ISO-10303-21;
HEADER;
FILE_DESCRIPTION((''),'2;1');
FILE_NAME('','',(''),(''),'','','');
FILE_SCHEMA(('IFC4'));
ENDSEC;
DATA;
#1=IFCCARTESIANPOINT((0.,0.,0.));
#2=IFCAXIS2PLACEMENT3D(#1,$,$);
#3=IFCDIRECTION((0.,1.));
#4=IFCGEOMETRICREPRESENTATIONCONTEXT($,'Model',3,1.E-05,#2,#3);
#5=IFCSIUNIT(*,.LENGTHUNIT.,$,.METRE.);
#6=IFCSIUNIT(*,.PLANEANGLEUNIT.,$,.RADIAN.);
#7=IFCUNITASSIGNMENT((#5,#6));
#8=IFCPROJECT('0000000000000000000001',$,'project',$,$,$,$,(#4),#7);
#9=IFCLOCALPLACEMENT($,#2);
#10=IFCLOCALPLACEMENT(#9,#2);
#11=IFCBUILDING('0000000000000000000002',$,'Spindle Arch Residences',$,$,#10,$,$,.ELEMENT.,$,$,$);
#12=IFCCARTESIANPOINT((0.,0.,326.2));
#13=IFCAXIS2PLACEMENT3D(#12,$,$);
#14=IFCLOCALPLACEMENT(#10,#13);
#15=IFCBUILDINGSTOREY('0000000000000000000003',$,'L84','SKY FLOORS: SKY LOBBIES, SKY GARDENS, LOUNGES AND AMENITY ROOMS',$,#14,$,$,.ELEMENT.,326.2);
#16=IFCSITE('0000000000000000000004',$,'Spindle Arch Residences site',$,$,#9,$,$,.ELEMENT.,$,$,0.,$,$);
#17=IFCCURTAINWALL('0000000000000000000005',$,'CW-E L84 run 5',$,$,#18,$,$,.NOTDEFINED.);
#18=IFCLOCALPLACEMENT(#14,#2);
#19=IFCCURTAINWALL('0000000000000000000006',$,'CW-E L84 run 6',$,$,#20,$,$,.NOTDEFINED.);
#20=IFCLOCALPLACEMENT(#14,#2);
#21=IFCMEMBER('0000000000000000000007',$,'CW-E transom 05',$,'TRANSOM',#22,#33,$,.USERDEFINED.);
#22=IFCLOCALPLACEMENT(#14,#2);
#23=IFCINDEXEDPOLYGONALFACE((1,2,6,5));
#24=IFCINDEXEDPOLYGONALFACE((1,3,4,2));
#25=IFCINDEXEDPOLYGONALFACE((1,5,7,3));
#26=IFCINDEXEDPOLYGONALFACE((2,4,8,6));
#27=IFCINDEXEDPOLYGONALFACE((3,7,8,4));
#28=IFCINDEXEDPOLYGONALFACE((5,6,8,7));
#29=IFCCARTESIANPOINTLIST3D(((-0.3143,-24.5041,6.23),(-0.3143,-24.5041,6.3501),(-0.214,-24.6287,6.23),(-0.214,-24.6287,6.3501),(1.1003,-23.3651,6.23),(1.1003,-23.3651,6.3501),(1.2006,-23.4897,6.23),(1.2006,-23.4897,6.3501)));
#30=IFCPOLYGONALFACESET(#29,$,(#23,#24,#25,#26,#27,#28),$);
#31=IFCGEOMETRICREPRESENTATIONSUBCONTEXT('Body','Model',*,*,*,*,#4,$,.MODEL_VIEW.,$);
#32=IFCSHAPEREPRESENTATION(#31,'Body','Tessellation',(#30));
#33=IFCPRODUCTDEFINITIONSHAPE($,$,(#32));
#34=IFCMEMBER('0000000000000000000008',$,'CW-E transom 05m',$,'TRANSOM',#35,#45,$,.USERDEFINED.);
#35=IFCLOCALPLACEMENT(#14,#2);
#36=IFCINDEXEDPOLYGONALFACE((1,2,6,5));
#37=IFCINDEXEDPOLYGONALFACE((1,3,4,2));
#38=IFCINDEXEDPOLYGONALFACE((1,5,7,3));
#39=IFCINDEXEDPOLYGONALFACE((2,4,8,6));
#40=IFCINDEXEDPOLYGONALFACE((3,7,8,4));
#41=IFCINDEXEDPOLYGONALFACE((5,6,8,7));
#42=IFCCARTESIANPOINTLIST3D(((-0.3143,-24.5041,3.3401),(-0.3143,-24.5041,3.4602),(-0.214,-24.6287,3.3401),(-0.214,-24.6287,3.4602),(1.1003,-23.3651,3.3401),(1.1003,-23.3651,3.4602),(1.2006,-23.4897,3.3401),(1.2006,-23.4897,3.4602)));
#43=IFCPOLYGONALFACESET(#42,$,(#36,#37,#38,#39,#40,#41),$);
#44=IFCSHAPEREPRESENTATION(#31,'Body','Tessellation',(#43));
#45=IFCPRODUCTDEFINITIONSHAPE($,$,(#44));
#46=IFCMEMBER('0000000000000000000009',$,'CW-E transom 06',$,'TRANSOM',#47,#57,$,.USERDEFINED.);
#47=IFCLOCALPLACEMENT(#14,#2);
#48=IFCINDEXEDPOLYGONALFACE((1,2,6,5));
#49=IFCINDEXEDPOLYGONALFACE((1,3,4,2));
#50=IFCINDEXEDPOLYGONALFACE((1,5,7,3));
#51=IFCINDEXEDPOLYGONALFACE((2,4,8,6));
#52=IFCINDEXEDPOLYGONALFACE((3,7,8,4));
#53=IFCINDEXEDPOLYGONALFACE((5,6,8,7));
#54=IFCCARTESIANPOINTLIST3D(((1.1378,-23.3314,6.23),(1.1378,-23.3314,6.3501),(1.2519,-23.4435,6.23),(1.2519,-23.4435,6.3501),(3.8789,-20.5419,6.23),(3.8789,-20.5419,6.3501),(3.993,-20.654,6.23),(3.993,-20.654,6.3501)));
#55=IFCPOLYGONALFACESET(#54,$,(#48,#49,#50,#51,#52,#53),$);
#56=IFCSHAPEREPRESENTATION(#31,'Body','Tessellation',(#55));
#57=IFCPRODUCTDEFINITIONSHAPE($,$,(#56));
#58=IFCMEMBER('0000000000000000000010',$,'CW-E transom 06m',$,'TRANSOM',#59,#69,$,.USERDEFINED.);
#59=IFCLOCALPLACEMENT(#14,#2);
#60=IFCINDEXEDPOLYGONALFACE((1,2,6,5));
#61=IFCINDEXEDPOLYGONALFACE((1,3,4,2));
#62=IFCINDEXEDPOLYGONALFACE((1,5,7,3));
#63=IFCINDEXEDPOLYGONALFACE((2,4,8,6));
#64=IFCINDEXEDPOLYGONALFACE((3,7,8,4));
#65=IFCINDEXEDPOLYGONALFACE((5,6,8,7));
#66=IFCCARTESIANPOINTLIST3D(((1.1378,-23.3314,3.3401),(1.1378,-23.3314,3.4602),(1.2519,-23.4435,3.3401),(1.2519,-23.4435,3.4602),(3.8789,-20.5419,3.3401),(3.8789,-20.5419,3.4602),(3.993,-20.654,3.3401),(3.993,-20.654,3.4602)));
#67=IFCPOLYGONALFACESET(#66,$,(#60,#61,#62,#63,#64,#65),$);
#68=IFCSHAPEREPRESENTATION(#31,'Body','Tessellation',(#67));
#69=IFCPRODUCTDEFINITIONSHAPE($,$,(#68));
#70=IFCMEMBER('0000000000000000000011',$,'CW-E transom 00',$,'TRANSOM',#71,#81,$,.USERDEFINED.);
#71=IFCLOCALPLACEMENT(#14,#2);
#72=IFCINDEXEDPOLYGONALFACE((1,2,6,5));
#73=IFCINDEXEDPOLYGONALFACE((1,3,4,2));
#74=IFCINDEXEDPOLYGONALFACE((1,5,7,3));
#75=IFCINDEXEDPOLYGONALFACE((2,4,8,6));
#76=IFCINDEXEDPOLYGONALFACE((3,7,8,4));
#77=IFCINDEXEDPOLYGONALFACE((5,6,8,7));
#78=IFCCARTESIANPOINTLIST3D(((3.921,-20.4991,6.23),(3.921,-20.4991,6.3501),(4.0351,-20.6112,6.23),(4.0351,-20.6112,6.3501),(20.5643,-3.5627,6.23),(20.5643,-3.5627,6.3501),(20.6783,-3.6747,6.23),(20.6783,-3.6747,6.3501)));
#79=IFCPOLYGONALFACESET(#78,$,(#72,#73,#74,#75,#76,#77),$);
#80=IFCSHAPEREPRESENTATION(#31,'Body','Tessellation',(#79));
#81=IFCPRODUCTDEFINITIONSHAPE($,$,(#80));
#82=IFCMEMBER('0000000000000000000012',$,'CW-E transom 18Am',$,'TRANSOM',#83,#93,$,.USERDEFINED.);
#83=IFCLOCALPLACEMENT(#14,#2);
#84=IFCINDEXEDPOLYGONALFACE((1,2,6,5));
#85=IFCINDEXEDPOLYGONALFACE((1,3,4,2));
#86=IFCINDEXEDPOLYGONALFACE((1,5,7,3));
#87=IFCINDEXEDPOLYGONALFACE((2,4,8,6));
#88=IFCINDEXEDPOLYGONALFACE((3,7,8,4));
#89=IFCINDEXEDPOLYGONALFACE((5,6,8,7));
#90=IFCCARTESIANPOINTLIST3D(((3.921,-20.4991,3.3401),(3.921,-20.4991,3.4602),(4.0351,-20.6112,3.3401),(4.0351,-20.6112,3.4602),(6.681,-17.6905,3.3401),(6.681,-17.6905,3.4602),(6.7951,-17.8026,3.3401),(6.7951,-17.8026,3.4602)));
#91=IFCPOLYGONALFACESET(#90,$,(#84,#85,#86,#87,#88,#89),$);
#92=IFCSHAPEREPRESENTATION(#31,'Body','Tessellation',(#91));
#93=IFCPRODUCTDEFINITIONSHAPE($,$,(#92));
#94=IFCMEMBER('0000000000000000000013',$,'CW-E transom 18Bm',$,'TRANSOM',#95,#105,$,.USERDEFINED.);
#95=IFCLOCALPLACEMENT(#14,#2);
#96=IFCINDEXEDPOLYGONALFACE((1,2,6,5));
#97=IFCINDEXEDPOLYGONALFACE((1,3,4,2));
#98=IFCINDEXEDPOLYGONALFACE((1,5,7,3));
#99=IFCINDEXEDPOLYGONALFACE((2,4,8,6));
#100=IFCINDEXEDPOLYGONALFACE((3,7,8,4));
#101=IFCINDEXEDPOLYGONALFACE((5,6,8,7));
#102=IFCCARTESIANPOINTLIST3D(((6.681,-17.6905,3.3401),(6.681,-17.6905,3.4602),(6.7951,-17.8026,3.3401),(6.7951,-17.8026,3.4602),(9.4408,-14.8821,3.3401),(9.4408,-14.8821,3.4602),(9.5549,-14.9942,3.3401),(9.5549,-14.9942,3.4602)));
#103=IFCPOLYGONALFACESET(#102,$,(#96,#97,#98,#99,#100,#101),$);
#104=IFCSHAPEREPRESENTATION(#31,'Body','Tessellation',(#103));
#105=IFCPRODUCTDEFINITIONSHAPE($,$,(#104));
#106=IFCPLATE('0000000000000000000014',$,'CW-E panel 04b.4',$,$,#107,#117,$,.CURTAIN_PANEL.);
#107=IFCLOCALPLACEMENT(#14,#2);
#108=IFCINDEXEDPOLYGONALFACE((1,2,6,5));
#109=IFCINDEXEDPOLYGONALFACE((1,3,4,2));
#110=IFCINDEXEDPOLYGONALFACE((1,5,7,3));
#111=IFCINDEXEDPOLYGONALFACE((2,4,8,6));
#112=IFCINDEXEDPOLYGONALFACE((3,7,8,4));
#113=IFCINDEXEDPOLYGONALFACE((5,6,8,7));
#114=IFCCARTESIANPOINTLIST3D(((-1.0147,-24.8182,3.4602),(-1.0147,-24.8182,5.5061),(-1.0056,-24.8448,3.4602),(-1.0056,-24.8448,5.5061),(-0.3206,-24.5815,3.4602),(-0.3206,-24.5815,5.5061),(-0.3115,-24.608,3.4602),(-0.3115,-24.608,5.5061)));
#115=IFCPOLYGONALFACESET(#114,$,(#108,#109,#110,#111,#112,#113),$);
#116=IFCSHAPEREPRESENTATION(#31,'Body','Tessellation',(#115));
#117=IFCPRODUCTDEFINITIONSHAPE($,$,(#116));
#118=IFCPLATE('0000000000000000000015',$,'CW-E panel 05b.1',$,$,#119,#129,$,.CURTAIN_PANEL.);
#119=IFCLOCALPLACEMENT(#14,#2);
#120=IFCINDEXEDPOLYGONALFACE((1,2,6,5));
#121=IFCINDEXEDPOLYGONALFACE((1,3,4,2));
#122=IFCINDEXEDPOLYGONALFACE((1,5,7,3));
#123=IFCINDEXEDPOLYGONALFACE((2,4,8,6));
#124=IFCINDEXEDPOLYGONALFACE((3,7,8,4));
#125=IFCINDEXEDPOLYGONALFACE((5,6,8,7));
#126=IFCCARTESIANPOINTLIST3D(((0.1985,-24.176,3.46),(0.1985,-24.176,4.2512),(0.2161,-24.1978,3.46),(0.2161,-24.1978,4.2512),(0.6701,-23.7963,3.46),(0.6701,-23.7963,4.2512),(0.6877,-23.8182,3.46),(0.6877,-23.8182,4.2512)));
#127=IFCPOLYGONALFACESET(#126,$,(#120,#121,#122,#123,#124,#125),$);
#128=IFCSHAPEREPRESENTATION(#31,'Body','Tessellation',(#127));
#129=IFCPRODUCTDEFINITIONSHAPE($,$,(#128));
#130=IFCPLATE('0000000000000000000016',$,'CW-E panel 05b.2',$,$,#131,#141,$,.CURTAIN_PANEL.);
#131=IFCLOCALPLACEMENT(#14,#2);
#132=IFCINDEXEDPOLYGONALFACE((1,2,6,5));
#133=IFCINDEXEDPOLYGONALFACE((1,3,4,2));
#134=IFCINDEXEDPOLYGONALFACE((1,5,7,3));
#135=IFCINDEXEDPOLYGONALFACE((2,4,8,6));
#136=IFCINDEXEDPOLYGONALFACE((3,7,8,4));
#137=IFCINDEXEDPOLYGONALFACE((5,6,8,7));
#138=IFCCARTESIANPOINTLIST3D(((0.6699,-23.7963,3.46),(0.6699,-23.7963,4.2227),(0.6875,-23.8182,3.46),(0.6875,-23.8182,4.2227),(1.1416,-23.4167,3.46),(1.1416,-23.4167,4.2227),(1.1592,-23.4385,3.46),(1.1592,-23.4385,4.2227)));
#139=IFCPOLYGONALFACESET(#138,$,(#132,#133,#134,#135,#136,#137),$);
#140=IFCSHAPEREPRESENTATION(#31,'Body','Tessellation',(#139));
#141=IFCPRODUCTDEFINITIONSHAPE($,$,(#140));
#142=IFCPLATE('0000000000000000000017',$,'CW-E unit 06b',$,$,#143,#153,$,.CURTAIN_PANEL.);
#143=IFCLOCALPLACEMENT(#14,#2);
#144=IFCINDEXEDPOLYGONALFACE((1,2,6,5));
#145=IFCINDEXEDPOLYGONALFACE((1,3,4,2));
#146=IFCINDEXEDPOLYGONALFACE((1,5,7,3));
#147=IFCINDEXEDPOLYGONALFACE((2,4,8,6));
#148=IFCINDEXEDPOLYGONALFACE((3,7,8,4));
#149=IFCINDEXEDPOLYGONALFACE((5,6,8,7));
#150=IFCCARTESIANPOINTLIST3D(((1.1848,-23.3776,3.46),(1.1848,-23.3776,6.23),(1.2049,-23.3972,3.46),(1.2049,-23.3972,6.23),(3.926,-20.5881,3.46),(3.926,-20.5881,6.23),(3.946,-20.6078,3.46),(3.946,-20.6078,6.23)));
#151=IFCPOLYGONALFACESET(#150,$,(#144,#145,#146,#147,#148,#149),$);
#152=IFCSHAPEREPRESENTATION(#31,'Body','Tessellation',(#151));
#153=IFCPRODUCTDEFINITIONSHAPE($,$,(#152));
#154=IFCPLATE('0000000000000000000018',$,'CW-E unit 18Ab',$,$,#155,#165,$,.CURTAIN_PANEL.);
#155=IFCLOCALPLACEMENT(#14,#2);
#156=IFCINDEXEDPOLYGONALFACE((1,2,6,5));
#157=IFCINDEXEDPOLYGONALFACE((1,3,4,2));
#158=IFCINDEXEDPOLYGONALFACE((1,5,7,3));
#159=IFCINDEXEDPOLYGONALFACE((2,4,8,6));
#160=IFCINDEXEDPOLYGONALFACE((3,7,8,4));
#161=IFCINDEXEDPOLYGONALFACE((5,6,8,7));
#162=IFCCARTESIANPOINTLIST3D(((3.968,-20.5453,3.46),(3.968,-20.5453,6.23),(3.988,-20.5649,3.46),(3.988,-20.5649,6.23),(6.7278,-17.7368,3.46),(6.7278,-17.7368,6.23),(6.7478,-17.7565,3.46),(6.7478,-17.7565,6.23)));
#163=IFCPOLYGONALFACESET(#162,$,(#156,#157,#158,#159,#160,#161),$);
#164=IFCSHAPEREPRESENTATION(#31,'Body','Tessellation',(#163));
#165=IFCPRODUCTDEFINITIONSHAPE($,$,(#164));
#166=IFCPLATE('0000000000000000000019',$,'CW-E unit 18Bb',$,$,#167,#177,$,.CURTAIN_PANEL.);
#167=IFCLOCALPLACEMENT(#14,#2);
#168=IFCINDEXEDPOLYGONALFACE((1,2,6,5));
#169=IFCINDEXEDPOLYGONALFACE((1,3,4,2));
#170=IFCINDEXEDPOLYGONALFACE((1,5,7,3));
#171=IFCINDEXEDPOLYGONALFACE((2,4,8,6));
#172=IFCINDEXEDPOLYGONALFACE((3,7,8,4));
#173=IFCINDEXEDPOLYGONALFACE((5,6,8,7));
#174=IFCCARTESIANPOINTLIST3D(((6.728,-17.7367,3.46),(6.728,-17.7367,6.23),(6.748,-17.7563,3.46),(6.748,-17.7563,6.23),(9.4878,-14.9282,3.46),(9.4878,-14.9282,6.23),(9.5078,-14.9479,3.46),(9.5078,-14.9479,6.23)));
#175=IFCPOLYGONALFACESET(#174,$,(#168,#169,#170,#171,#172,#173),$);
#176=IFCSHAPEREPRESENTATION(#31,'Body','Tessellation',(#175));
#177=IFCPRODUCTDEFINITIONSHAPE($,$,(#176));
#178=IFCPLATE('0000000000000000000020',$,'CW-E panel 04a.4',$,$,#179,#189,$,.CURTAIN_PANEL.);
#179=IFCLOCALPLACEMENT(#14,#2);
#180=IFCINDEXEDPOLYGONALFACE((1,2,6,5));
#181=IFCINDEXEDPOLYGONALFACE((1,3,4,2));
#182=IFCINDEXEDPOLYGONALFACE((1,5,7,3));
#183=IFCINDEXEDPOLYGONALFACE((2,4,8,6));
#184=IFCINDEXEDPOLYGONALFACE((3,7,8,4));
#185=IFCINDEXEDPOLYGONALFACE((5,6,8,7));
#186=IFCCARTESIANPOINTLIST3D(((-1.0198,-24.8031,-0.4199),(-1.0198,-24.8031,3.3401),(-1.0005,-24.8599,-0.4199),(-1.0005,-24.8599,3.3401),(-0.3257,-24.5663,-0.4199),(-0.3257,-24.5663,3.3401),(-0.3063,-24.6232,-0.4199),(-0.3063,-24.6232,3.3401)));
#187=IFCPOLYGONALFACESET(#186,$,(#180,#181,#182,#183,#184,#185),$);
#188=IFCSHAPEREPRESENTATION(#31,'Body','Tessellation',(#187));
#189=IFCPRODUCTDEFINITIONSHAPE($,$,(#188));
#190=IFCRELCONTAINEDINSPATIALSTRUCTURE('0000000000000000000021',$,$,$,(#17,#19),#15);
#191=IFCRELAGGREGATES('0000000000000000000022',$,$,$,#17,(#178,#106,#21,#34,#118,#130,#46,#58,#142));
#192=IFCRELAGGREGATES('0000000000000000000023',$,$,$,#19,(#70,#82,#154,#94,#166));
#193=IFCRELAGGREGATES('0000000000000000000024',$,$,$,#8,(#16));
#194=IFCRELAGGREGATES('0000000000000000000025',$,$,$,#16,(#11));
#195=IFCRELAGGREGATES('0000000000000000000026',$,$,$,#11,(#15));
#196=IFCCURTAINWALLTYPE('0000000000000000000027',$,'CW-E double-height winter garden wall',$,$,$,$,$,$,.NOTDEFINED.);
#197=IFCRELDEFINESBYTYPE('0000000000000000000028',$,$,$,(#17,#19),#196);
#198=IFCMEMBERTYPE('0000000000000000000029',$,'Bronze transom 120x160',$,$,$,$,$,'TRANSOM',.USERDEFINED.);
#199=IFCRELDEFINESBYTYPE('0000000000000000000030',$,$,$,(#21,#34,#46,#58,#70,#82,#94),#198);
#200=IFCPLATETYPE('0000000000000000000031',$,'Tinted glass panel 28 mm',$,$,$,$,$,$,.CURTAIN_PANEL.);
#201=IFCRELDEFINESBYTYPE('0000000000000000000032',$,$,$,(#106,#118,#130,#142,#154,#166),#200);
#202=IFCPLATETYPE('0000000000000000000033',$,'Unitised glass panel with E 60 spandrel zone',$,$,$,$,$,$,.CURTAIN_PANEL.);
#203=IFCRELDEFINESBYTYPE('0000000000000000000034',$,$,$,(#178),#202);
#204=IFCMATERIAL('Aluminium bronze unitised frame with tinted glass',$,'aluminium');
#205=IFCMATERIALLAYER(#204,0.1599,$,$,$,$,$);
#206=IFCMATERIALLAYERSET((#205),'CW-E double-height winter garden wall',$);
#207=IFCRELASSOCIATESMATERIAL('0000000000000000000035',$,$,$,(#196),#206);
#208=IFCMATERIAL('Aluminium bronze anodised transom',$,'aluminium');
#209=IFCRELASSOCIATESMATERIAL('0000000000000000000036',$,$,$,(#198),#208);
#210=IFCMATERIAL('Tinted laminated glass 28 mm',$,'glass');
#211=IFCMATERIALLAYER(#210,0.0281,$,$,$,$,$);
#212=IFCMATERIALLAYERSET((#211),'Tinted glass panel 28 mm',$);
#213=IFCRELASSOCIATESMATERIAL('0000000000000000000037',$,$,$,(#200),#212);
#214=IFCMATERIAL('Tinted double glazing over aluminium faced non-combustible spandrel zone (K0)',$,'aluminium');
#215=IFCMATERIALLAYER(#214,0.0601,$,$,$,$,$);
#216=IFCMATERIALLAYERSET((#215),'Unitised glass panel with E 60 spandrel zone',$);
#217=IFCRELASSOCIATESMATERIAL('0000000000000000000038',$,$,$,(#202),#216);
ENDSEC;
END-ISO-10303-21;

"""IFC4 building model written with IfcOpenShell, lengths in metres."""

from ifc_helpers import new_model, si_unit, direction, frame, origin, origin_2d, place, context, subcontext, project, spatial, rectangle, extrude, material, layer, layer_set, material_profile, profile_set, type_object, element, aggregate, save


model = new_model("IFC4")

# Units and contexts
model_context = context("Model", 3, precision=1e-05, world=origin(), true_north=direction((0.0, 1.0)))
body_context = subcontext(model_context, "Body", "Model", "MODEL_VIEW")
ifc_project = project(units=[si_unit("LENGTHUNIT", "METRE"), si_unit("PLANEANGLEUNIT", "RADIAN")], contexts=[model_context])

# Site, building, storey
site_placement = place(None, origin())
site = spatial("IfcSite", under=ifc_project, at=site_placement, Name="Spindle Arch Residences site", CompositionType="ELEMENT", RefElevation=0.0)
building_placement = place(site_placement, origin())
building = spatial("IfcBuilding", under=site, at=building_placement, Name="Spindle Arch Residences", CompositionType="ELEMENT")
storey_placement = place(building_placement, frame((0.0, 0.0, 326.2)))
storey = spatial("IfcBuildingStorey", under=building, at=storey_placement, Name="L84", Description="SKY FLOORS: SKY LOBBIES, SKY GARDENS, LOUNGES AND AMENITY ROOMS", CompositionType="ELEMENT", Elevation=326.2)

# Curtain wall
ifc_material_1 = material(Name="Aluminium bronze unitised frame with tinted glass", Category="aluminium")
ifc_layer_1 = layer(ifc_material_1, 0.1599)
ifc_layer_set_1 = layer_set([ifc_layer_1], Name="CW-E double-height winter garden wall")
curtain_wall_type = type_object("IfcCurtainWallType", Name="CW-E double-height winter garden wall", PredefinedType="NOTDEFINED", material=ifc_layer_set_1)
curtain_wall_1_placement = place(storey_placement, origin())
curtain_wall_1 = element("IfcCurtainWall", 1, at=curtain_wall_1_placement, inside=storey, type_object=curtain_wall_type, Name="CW-E L84 run 5", PredefinedType="NOTDEFINED")

# Curtain wall
curtain_wall_2_placement = place(storey_placement, origin())
curtain_wall_2 = element("IfcCurtainWall", 2, at=curtain_wall_2_placement, inside=storey, type_object=curtain_wall_type, Name="CW-E L84 run 6", PredefinedType="NOTDEFINED")

# Members
ifc_material_2 = material(Name="Aluminium bronze anodised transom", Category="aluminium")
ifc_material_profile_1 = material_profile(ifc_material_2, rectangle(XDim=0.1599, YDim=0.1201, at=origin_2d()), Name="TR 120x160")
ifc_profile_set_1 = profile_set([ifc_material_profile_1], Name="Aluminium bronze anodised transom")
member_type_1 = type_object("IfcMemberType", Name="Bronze transom 120x160", ElementType="TRANSOM", PredefinedType="USERDEFINED", material=ifc_profile_set_1)
member_1_placement = place(storey_placement, frame((-0.2642, -24.5664, 6.29), z_axis=(0.778911, 0.627135, 0.0), x_axis=(-0.627135, 0.778911, 0.0)))
member_1 = element("IfcMember", 3, at=member_1_placement, type_object=member_type_1, Name="CW-E transom 05", ObjectType="TRANSOM", PredefinedType="USERDEFINED", context=body_context, shape_type="SweptSolid", body=[
    extrude(rectangle(XDim=0.1599, YDim=0.1201, at=origin_2d()), origin(), (0.0, 0.0, 1.0), 1.8162),
])
member_2_placement = place(storey_placement, frame((-0.2642, -24.5664, 3.4001), z_axis=(0.778911, 0.627135, 0.0), x_axis=(-0.627135, 0.778911, 0.0)))
member_2 = element("IfcMember", 4, at=member_2_placement, type_object=member_type_1, Name="CW-E transom 05m", ObjectType="TRANSOM", PredefinedType="USERDEFINED", context=body_context, shape_type="SweptSolid", body=[
    extrude(rectangle(XDim=0.1599, YDim=0.1201, at=origin_2d()), origin(), (0.0, 0.0, 1.0), 1.8162),
])
member_3_placement = place(storey_placement, frame((1.1948, -23.3875, 6.29), z_axis=(0.7009, 0.71326, 0.0), x_axis=(-0.71326, 0.7009, 0.0)))
member_3 = element("IfcMember", 5, at=member_3_placement, type_object=member_type_1, Name="CW-E transom 06", ObjectType="TRANSOM", PredefinedType="USERDEFINED", context=body_context, shape_type="SweptSolid", body=[
    extrude(rectangle(XDim=0.1599, YDim=0.1201, at=origin_2d()), origin(), (0.0, 0.0, 1.0), 3.9109),
])
member_4_placement = place(storey_placement, frame((1.1948, -23.3875, 3.4001), z_axis=(0.7009, 0.71326, 0.0), x_axis=(-0.71326, 0.7009, 0.0)))
member_4 = element("IfcMember", 6, at=member_4_placement, type_object=member_type_1, Name="CW-E transom 06m", ObjectType="TRANSOM", PredefinedType="USERDEFINED", context=body_context, shape_type="SweptSolid", body=[
    extrude(rectangle(XDim=0.1599, YDim=0.1201, at=origin_2d()), origin(), (0.0, 0.0, 1.0), 3.9109),
])
member_5_placement = place(storey_placement, frame((3.978, -20.5552, 6.29), z_axis=(0.700906, 0.713254, 0.0), x_axis=(-0.713254, 0.700906, 0.0)))
member_5 = element("IfcMember", 7, at=member_5_placement, type_object=member_type_1, Name="CW-E transom 00", ObjectType="TRANSOM", PredefinedType="USERDEFINED", context=body_context, shape_type="SweptSolid", body=[
    extrude(rectangle(XDim=0.1599, YDim=0.1201, at=origin_2d()), origin(), (0.0, 0.0, 1.0), 23.7454),
])
member_6_placement = place(storey_placement, frame((3.978, -20.5552, 3.4001), z_axis=(0.700911, 0.713249, 0.0), x_axis=(-0.713249, 0.700911, 0.0)))
member_6 = element("IfcMember", 8, at=member_6_placement, type_object=member_type_1, Name="CW-E transom 18Am", ObjectType="TRANSOM", PredefinedType="USERDEFINED", context=body_context, shape_type="SweptSolid", body=[
    extrude(rectangle(XDim=0.1599, YDim=0.1201, at=origin_2d()), origin(), (0.0, 0.0, 1.0), 3.9377),
])
member_7_placement = place(storey_placement, frame((6.738, -17.7466, 3.4001), z_axis=(0.70091, 0.713249, 0.0), x_axis=(-0.713249, 0.70091, 0.0)))
member_7 = element("IfcMember", 9, at=member_7_placement, type_object=member_type_1, Name="CW-E transom 18Bm", ObjectType="TRANSOM", PredefinedType="USERDEFINED", context=body_context, shape_type="SweptSolid", body=[
    extrude(rectangle(XDim=0.1599, YDim=0.1201, at=origin_2d()), origin(), (0.0, 0.0, 1.0), 3.9375),
])

# Plates
ifc_material_3 = material(Name="Tinted laminated glass 28 mm", Category="glass")
ifc_layer_2 = layer(ifc_material_3, 0.0281)
ifc_layer_set_2 = layer_set([ifc_layer_2], Name="Tinted glass panel 28 mm")
plate_type_1 = type_object("IfcPlateType", Name="Tinted glass panel 28 mm", PredefinedType="CURTAIN_PANEL", material=ifc_layer_set_2)
plate_1_placement = place(storey_placement, frame((-0.6631, -24.7131, 3.4602), z_axis=(0.0, 0.0, 1.0), x_axis=(0.946462, 0.322816, 0.0)))
plate_1 = element("IfcPlate", 10, at=plate_1_placement, type_object=plate_type_1, Name="CW-E panel 04b.4", PredefinedType="CURTAIN_PANEL", context=body_context, shape_type="SweptSolid", body=[
    extrude(rectangle(XDim=0.7334, YDim=0.0281, at=origin_2d()), origin(), (0.0, 0.0, 1.0), 2.0459),
])
plate_2_placement = place(storey_placement, frame((0.4431, -23.9971, 3.46), z_axis=(0.0, 0.0, 1.0), x_axis=(0.778973, 0.627057, 0.0)))
plate_2 = element("IfcPlate", 11, at=plate_2_placement, type_object=plate_type_1, Name="CW-E panel 05b.1", PredefinedType="CURTAIN_PANEL", context=body_context, shape_type="SweptSolid", body=[
    extrude(rectangle(XDim=0.6055, YDim=0.0281, at=origin_2d()), origin(), (0.0, 0.0, 1.0), 0.7913),
])
plate_3_placement = place(storey_placement, frame((0.9146, -23.6174, 3.46), z_axis=(0.0, 0.0, 1.0), x_axis=(0.778973, 0.627057, 0.0)))
plate_3 = element("IfcPlate", 12, at=plate_3_placement, type_object=plate_type_1, Name="CW-E panel 05b.2", PredefinedType="CURTAIN_PANEL", context=body_context, shape_type="SweptSolid", body=[
    extrude(rectangle(XDim=0.6055, YDim=0.0281, at=origin_2d()), origin(), (0.0, 0.0, 1.0), 0.7627),
])
plate_4_placement = place(storey_placement, frame((2.5654, -21.9927, 3.46), z_axis=(0.0, 0.0, 1.0), x_axis=(0.700909, 0.71325, 0.0)))
plate_4 = element("IfcPlate", 13, at=plate_4_placement, type_object=plate_type_1, Name="CW-E unit 06b", PredefinedType="CURTAIN_PANEL", context=body_context, shape_type="SweptSolid", body=[
    extrude(rectangle(XDim=3.9109, YDim=0.0281, at=origin_2d()), origin(), (0.0, 0.0, 1.0), 2.77),
])
plate_5_placement = place(storey_placement, frame((5.3579, -19.1509, 3.46), z_axis=(0.0, 0.0, 1.0), x_axis=(0.700909, 0.71325, 0.0)))
plate_5 = element("IfcPlate", 14, at=plate_5_placement, type_object=plate_type_1, Name="CW-E unit 18Ab", PredefinedType="CURTAIN_PANEL", context=body_context, shape_type="SweptSolid", body=[
    extrude(rectangle(XDim=3.9375, YDim=0.0281, at=origin_2d()), origin(), (0.0, 0.0, 1.0), 2.77),
])
plate_6_placement = place(storey_placement, frame((8.1179, -16.3423, 3.46), z_axis=(0.0, 0.0, 1.0), x_axis=(0.700909, 0.71325, 0.0)))
plate_6 = element("IfcPlate", 15, at=plate_6_placement, type_object=plate_type_1, Name="CW-E unit 18Bb", PredefinedType="CURTAIN_PANEL", context=body_context, shape_type="SweptSolid", body=[
    extrude(rectangle(XDim=3.9375, YDim=0.0281, at=origin_2d()), origin(), (0.0, 0.0, 1.0), 2.77),
])
ifc_material_4 = material(Name="Tinted double glazing over aluminium faced non-combustible spandrel zone (K0)", Category="aluminium")
ifc_layer_3 = layer(ifc_material_4, 0.0601)
ifc_layer_set_3 = layer_set([ifc_layer_3], Name="Unitised glass panel with E 60 spandrel zone")
plate_type_2 = type_object("IfcPlateType", Name="Unitised glass panel with E 60 spandrel zone", PredefinedType="CURTAIN_PANEL", material=ifc_layer_set_3)
plate_7_placement = place(storey_placement, frame((-0.6631, -24.7131, -0.4199), z_axis=(0.0, 0.0, 1.0), x_axis=(0.946462, 0.322816, 0.0)))
plate_7 = element("IfcPlate", 16, at=plate_7_placement, type_object=plate_type_2, Name="CW-E panel 04a.4", PredefinedType="CURTAIN_PANEL", context=body_context, shape_type="SweptSolid", body=[
    extrude(rectangle(XDim=0.7334, YDim=0.0601, at=origin_2d()), origin(), (0.0, 0.0, 1.0), 3.76),
])
aggregate(curtain_wall_1, [plate_7, plate_1, member_1, member_2, plate_2, plate_3, member_3, member_4, plate_4])
aggregate(curtain_wall_2, [member_5, member_6, plate_5, member_7, plate_6])

save(model, "model.ifc")
